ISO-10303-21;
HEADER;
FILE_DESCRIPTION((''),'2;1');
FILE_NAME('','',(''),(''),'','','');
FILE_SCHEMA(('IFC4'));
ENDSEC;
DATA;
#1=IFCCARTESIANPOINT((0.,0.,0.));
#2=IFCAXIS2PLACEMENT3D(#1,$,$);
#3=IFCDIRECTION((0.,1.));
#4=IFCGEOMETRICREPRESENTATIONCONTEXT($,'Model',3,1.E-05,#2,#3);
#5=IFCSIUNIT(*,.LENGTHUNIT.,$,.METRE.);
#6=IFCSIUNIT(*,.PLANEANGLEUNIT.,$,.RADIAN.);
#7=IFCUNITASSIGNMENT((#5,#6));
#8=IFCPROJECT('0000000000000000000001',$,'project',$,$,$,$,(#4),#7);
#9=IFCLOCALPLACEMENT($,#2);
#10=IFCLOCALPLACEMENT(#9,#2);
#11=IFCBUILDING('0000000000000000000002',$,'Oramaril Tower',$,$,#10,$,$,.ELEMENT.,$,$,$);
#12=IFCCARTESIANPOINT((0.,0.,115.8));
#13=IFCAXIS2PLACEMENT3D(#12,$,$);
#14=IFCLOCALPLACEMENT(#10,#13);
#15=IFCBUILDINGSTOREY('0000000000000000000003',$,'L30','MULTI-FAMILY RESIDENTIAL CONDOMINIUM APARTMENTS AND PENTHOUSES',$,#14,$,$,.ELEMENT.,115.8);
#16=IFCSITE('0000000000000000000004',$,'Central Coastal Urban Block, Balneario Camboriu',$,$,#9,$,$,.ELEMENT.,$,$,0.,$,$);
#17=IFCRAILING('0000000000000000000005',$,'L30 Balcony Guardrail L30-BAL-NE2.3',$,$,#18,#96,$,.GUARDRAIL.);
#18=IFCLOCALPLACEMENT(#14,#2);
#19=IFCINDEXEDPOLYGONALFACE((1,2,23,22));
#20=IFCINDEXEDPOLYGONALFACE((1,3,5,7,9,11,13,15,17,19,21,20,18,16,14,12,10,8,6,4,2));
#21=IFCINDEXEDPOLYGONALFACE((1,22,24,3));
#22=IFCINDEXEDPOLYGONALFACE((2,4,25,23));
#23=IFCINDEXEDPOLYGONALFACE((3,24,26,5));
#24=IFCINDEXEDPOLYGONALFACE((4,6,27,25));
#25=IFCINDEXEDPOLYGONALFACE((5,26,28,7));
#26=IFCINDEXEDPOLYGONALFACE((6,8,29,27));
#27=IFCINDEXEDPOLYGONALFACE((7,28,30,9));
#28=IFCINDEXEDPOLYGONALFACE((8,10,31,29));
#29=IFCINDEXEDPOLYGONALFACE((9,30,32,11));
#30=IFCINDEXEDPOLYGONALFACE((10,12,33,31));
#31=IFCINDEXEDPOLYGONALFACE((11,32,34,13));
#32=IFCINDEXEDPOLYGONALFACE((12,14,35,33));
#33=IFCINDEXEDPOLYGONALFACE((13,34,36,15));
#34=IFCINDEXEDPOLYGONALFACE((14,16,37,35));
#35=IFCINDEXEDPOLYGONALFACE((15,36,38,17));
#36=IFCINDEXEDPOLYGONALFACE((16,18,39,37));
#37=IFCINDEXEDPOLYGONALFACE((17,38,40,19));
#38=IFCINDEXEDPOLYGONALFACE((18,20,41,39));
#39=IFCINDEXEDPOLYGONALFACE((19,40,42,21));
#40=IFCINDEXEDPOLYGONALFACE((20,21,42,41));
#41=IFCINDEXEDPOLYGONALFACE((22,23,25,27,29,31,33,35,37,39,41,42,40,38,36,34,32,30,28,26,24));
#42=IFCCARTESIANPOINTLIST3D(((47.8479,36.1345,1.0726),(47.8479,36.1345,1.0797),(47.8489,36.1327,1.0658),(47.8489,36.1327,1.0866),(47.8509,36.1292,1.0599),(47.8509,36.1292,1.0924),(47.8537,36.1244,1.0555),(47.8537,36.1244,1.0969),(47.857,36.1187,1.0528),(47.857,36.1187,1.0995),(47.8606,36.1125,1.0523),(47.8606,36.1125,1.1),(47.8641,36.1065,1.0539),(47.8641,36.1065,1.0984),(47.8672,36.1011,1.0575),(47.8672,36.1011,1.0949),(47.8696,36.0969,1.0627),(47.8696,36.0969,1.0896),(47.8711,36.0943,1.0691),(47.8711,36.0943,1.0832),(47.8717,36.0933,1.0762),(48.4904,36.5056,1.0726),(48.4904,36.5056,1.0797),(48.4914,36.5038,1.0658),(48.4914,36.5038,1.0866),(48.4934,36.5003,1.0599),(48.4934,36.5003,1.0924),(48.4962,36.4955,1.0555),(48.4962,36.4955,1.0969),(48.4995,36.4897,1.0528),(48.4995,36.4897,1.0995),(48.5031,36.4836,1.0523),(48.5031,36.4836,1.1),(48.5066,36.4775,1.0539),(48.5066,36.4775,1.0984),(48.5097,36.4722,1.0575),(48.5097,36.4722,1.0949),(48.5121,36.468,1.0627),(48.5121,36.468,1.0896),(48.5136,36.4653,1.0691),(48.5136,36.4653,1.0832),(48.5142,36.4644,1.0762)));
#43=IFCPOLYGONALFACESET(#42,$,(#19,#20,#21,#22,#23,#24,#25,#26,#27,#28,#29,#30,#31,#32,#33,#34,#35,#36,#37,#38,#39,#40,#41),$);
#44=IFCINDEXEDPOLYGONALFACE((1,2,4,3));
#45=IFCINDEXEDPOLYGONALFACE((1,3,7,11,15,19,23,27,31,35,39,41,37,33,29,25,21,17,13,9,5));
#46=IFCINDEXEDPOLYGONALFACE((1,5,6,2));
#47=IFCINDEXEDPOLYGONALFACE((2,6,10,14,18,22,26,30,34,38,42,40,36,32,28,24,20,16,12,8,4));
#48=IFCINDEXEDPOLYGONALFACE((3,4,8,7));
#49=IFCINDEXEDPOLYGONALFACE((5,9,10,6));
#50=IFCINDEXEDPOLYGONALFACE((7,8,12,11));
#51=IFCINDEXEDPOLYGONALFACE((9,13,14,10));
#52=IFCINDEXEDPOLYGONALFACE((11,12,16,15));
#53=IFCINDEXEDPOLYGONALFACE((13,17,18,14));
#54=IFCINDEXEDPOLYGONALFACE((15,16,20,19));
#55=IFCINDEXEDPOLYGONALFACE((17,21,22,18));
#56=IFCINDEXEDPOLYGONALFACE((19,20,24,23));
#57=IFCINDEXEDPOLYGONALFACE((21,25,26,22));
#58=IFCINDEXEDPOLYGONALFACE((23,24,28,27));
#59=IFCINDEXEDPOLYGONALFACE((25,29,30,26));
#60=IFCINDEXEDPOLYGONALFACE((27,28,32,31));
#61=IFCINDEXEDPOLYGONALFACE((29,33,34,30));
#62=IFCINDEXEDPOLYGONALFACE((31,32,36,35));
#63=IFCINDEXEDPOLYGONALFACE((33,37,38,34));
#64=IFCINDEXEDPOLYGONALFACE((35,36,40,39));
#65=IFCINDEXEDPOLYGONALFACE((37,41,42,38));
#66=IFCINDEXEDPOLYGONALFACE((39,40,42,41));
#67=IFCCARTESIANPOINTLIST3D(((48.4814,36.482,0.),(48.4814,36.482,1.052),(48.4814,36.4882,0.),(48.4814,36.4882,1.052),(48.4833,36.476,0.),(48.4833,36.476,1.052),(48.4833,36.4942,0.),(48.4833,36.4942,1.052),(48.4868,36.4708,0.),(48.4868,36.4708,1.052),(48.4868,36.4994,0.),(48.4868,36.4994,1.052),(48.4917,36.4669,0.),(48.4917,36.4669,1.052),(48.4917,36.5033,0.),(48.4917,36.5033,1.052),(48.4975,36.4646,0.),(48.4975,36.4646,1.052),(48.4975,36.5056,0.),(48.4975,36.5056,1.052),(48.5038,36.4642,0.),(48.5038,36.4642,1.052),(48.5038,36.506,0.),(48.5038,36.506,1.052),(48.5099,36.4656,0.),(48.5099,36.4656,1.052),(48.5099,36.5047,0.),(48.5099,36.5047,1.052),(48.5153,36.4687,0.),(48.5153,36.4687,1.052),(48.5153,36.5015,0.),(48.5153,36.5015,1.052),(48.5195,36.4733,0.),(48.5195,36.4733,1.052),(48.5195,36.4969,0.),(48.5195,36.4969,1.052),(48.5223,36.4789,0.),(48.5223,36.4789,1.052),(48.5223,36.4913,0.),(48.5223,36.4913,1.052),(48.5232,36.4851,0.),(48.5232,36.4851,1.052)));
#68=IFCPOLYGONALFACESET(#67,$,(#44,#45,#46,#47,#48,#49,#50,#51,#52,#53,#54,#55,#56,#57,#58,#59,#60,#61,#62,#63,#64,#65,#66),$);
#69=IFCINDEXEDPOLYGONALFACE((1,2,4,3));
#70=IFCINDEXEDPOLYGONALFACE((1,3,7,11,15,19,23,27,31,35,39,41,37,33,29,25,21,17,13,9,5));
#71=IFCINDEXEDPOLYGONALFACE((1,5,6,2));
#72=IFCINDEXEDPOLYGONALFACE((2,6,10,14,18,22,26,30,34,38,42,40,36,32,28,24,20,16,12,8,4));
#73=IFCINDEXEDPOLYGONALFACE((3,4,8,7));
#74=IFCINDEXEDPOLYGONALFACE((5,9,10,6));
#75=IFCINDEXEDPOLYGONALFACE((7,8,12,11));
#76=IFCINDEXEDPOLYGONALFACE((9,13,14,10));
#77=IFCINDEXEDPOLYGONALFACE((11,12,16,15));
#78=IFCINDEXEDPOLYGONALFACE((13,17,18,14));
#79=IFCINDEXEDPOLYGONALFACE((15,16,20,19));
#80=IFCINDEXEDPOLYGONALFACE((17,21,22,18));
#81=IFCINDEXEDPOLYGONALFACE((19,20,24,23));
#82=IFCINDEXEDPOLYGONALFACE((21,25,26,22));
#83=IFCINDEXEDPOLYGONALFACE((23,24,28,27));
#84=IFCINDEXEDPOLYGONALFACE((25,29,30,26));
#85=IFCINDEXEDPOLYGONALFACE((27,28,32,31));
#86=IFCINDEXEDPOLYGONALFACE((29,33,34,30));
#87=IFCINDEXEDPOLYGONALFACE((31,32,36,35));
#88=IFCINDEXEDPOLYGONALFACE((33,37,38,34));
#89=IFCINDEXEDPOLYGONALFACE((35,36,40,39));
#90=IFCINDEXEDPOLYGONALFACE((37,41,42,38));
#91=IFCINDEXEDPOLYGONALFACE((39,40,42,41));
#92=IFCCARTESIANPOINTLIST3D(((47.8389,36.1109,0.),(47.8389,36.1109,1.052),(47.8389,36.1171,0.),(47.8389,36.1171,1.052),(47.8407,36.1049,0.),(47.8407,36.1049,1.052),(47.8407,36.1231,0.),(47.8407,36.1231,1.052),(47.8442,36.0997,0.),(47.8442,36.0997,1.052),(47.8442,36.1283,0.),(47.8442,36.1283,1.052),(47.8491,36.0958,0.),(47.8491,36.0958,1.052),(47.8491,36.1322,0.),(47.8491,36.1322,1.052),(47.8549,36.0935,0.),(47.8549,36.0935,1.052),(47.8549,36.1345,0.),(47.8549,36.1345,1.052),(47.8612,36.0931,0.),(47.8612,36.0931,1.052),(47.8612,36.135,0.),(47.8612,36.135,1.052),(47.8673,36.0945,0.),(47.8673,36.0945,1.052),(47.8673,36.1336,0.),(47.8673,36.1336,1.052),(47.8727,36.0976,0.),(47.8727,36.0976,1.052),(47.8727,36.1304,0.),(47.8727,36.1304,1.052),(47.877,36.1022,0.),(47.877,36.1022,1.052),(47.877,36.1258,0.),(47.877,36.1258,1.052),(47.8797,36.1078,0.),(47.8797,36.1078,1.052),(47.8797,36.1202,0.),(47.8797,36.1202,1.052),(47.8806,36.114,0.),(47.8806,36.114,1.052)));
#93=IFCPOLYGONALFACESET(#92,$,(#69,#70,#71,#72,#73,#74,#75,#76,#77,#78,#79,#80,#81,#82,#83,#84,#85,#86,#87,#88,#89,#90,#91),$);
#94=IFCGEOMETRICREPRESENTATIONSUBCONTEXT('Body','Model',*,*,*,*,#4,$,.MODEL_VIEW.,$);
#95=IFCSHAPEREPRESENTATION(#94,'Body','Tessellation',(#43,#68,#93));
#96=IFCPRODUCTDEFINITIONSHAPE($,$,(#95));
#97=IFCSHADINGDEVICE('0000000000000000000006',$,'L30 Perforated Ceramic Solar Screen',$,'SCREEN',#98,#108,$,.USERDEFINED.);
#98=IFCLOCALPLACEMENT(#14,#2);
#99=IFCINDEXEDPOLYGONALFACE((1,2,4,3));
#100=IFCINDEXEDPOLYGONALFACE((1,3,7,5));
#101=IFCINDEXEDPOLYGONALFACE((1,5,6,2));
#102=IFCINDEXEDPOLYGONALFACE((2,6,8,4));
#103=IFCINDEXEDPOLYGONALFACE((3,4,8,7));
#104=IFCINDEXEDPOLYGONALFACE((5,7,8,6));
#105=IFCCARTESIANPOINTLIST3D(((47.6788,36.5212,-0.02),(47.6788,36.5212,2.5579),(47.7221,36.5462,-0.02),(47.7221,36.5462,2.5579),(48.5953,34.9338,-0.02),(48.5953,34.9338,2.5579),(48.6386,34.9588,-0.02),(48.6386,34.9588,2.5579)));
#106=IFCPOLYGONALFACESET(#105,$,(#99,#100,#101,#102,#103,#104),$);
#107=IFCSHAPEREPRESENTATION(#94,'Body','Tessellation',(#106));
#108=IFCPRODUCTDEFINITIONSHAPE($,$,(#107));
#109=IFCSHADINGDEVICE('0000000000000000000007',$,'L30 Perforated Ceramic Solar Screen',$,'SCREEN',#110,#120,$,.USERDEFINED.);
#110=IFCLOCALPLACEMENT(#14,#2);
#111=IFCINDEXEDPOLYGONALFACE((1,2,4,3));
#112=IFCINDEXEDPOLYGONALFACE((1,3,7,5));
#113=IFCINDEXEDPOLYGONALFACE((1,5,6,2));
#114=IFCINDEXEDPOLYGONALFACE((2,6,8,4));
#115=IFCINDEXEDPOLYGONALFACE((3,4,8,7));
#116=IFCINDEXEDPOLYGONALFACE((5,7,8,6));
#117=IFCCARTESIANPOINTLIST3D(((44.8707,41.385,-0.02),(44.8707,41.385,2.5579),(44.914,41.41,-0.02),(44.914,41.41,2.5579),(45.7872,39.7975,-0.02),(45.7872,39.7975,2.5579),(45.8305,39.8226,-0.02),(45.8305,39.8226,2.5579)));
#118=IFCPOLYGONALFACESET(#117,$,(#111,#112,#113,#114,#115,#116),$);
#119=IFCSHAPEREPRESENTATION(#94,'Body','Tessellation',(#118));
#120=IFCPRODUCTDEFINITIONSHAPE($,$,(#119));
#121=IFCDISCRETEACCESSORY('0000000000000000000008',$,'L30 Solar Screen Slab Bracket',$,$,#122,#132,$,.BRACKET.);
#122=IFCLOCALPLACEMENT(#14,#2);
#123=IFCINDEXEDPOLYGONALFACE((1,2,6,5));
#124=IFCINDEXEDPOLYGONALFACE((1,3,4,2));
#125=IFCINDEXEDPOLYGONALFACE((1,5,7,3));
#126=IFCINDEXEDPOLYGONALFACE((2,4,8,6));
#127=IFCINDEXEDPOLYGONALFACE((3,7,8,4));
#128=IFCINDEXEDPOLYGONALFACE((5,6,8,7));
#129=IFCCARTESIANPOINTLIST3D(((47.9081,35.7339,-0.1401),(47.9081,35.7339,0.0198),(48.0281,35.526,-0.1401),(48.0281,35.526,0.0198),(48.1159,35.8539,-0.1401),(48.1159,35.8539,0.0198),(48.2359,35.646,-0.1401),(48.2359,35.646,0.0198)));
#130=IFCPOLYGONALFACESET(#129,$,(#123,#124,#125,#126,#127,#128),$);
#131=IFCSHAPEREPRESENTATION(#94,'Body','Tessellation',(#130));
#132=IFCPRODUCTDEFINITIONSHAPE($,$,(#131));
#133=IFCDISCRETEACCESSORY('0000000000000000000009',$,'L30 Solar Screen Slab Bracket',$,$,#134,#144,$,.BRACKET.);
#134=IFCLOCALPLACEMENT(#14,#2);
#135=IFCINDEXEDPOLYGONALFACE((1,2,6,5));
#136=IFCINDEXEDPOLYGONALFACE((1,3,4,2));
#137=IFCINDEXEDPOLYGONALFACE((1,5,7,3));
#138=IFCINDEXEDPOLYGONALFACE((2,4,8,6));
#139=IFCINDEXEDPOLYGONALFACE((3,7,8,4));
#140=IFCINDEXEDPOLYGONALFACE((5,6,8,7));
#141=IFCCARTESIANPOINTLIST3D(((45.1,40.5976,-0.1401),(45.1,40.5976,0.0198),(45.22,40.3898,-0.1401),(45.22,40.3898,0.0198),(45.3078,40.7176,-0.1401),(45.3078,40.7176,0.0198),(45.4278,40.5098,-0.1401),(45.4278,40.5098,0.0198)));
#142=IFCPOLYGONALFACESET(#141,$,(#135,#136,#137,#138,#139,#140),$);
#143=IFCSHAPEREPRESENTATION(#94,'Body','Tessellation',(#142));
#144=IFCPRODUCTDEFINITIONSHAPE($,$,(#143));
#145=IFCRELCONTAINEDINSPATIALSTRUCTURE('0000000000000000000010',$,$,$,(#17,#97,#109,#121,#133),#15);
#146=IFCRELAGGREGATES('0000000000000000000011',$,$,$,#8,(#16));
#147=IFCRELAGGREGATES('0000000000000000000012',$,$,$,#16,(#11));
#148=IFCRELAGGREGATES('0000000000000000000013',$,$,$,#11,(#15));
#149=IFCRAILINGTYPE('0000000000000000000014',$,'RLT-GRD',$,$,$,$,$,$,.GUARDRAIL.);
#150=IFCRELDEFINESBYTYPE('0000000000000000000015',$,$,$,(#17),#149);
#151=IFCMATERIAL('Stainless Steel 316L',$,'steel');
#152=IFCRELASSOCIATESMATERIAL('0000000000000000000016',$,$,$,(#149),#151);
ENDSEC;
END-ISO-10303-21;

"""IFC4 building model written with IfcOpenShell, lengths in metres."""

from ifc_helpers import new_model, si_unit, direction, frame, origin, origin_2d, place, context, subcontext, project, spatial, rectangle, circle, extrude, material, type_object, element, save


model = new_model("IFC4")

# Units and contexts
model_context = context("Model", 3, precision=1e-05, world=origin(), true_north=direction((0.0, 1.0)))
body_context = subcontext(model_context, "Body", "Model", "MODEL_VIEW")
ifc_project = project(units=[si_unit("LENGTHUNIT", "METRE"), si_unit("PLANEANGLEUNIT", "RADIAN")], contexts=[model_context])

# Site, building, storey
site_placement = place(None, origin())
site = spatial("IfcSite", under=ifc_project, at=site_placement, Name="Central Coastal Urban Block, Balneario Camboriu", CompositionType="ELEMENT", RefElevation=0.0)
building_placement = place(site_placement, origin())
building = spatial("IfcBuilding", under=site, at=building_placement, Name="Oramaril Tower", CompositionType="ELEMENT")
storey_placement = place(building_placement, frame((0.0, 0.0, 115.8)))
storey = spatial("IfcBuildingStorey", under=building, at=storey_placement, Name="L30", Description="MULTI-FAMILY RESIDENTIAL CONDOMINIUM APARTMENTS AND PENTHOUSES", CompositionType="ELEMENT", Elevation=115.8)

# Railing
ifc_material_1 = material(Name="Stainless Steel 316L", Category="steel")
railing_type = type_object("IfcRailingType", Name="RLT-GRD", PredefinedType="GUARDRAIL", material=ifc_material_1)
railing_1_placement = place(storey_placement, frame((48.5022, 36.4851, 0.0)))
element("IfcRailing", 1, at=railing_1_placement, inside=storey, type_object=railing_type, Name="L30 Balcony Guardrail L30-BAL-NE2.3", PredefinedType="GUARDRAIL", context=body_context, shape_type="SweptSolid", body=[
    extrude(circle(Radius=0.0239, at=origin_2d()), frame((0.0, 0.0, 1.0762), z_axis=(-0.865966, -0.500102, 0.0), x_axis=(0.500102, -0.865966, 0.0)), (0.0, 0.0, 1.0), 0.7419),
    extrude(circle(Radius=0.021, at=origin_2d()), origin(), (0.0, 0.0, 1.0), 1.052),
    extrude(circle(Radius=0.021, at=origin_2d()), frame((-0.6426, -0.3711, 0.0)), (0.0, 0.0, 1.0), 1.052),
])

# Shading devices
for number, where, z_axis, x_axis, name in (
    (2, (48.1587, 35.74, -0.02), (0.0, 0.0, 1.0), (-0.499995, 0.866028, 0.0), "L30 Perforated Ceramic Solar Screen"),
    (3, (45.3506, 40.6038, -0.02), (0.0, 0.0, 1.0), (-0.499995, 0.866028, 0.0), "L30 Perforated Ceramic Solar Screen"),
):
    element("IfcShadingDevice", number, at=place(storey_placement, frame(where, z_axis=z_axis, x_axis=x_axis)), inside=storey, Name=name, ObjectType="SCREEN", PredefinedType="USERDEFINED", context=body_context, shape_type="SweptSolid", body=[
        extrude(rectangle(XDim=1.833, YDim=0.05, at=origin_2d()), origin(), (0.0, 0.0, 1.0), 2.5779),
    ])

# Discrete accessories
for number, where, z_axis, x_axis, name in (
    (4, (48.072, 35.6899, -0.1401), (0.0, 0.0, 1.0), (-0.499995, 0.866028, 0.0), "L30 Solar Screen Slab Bracket"),
    (5, (45.2639, 40.5537, -0.1401), (0.0, 0.0, 1.0), (-0.499995, 0.866028, 0.0), "L30 Solar Screen Slab Bracket"),
):
    element("IfcDiscreteAccessory", number, at=place(storey_placement, frame(where, z_axis=z_axis, x_axis=x_axis)), inside=storey, Name=name, PredefinedType="BRACKET", context=body_context, shape_type="SweptSolid", body=[
        extrude(rectangle(XDim=0.24, YDim=0.24, at=origin_2d()), origin(), (0.0, 0.0, 1.0), 0.1599),
    ])

save(model, "model.ifc")
